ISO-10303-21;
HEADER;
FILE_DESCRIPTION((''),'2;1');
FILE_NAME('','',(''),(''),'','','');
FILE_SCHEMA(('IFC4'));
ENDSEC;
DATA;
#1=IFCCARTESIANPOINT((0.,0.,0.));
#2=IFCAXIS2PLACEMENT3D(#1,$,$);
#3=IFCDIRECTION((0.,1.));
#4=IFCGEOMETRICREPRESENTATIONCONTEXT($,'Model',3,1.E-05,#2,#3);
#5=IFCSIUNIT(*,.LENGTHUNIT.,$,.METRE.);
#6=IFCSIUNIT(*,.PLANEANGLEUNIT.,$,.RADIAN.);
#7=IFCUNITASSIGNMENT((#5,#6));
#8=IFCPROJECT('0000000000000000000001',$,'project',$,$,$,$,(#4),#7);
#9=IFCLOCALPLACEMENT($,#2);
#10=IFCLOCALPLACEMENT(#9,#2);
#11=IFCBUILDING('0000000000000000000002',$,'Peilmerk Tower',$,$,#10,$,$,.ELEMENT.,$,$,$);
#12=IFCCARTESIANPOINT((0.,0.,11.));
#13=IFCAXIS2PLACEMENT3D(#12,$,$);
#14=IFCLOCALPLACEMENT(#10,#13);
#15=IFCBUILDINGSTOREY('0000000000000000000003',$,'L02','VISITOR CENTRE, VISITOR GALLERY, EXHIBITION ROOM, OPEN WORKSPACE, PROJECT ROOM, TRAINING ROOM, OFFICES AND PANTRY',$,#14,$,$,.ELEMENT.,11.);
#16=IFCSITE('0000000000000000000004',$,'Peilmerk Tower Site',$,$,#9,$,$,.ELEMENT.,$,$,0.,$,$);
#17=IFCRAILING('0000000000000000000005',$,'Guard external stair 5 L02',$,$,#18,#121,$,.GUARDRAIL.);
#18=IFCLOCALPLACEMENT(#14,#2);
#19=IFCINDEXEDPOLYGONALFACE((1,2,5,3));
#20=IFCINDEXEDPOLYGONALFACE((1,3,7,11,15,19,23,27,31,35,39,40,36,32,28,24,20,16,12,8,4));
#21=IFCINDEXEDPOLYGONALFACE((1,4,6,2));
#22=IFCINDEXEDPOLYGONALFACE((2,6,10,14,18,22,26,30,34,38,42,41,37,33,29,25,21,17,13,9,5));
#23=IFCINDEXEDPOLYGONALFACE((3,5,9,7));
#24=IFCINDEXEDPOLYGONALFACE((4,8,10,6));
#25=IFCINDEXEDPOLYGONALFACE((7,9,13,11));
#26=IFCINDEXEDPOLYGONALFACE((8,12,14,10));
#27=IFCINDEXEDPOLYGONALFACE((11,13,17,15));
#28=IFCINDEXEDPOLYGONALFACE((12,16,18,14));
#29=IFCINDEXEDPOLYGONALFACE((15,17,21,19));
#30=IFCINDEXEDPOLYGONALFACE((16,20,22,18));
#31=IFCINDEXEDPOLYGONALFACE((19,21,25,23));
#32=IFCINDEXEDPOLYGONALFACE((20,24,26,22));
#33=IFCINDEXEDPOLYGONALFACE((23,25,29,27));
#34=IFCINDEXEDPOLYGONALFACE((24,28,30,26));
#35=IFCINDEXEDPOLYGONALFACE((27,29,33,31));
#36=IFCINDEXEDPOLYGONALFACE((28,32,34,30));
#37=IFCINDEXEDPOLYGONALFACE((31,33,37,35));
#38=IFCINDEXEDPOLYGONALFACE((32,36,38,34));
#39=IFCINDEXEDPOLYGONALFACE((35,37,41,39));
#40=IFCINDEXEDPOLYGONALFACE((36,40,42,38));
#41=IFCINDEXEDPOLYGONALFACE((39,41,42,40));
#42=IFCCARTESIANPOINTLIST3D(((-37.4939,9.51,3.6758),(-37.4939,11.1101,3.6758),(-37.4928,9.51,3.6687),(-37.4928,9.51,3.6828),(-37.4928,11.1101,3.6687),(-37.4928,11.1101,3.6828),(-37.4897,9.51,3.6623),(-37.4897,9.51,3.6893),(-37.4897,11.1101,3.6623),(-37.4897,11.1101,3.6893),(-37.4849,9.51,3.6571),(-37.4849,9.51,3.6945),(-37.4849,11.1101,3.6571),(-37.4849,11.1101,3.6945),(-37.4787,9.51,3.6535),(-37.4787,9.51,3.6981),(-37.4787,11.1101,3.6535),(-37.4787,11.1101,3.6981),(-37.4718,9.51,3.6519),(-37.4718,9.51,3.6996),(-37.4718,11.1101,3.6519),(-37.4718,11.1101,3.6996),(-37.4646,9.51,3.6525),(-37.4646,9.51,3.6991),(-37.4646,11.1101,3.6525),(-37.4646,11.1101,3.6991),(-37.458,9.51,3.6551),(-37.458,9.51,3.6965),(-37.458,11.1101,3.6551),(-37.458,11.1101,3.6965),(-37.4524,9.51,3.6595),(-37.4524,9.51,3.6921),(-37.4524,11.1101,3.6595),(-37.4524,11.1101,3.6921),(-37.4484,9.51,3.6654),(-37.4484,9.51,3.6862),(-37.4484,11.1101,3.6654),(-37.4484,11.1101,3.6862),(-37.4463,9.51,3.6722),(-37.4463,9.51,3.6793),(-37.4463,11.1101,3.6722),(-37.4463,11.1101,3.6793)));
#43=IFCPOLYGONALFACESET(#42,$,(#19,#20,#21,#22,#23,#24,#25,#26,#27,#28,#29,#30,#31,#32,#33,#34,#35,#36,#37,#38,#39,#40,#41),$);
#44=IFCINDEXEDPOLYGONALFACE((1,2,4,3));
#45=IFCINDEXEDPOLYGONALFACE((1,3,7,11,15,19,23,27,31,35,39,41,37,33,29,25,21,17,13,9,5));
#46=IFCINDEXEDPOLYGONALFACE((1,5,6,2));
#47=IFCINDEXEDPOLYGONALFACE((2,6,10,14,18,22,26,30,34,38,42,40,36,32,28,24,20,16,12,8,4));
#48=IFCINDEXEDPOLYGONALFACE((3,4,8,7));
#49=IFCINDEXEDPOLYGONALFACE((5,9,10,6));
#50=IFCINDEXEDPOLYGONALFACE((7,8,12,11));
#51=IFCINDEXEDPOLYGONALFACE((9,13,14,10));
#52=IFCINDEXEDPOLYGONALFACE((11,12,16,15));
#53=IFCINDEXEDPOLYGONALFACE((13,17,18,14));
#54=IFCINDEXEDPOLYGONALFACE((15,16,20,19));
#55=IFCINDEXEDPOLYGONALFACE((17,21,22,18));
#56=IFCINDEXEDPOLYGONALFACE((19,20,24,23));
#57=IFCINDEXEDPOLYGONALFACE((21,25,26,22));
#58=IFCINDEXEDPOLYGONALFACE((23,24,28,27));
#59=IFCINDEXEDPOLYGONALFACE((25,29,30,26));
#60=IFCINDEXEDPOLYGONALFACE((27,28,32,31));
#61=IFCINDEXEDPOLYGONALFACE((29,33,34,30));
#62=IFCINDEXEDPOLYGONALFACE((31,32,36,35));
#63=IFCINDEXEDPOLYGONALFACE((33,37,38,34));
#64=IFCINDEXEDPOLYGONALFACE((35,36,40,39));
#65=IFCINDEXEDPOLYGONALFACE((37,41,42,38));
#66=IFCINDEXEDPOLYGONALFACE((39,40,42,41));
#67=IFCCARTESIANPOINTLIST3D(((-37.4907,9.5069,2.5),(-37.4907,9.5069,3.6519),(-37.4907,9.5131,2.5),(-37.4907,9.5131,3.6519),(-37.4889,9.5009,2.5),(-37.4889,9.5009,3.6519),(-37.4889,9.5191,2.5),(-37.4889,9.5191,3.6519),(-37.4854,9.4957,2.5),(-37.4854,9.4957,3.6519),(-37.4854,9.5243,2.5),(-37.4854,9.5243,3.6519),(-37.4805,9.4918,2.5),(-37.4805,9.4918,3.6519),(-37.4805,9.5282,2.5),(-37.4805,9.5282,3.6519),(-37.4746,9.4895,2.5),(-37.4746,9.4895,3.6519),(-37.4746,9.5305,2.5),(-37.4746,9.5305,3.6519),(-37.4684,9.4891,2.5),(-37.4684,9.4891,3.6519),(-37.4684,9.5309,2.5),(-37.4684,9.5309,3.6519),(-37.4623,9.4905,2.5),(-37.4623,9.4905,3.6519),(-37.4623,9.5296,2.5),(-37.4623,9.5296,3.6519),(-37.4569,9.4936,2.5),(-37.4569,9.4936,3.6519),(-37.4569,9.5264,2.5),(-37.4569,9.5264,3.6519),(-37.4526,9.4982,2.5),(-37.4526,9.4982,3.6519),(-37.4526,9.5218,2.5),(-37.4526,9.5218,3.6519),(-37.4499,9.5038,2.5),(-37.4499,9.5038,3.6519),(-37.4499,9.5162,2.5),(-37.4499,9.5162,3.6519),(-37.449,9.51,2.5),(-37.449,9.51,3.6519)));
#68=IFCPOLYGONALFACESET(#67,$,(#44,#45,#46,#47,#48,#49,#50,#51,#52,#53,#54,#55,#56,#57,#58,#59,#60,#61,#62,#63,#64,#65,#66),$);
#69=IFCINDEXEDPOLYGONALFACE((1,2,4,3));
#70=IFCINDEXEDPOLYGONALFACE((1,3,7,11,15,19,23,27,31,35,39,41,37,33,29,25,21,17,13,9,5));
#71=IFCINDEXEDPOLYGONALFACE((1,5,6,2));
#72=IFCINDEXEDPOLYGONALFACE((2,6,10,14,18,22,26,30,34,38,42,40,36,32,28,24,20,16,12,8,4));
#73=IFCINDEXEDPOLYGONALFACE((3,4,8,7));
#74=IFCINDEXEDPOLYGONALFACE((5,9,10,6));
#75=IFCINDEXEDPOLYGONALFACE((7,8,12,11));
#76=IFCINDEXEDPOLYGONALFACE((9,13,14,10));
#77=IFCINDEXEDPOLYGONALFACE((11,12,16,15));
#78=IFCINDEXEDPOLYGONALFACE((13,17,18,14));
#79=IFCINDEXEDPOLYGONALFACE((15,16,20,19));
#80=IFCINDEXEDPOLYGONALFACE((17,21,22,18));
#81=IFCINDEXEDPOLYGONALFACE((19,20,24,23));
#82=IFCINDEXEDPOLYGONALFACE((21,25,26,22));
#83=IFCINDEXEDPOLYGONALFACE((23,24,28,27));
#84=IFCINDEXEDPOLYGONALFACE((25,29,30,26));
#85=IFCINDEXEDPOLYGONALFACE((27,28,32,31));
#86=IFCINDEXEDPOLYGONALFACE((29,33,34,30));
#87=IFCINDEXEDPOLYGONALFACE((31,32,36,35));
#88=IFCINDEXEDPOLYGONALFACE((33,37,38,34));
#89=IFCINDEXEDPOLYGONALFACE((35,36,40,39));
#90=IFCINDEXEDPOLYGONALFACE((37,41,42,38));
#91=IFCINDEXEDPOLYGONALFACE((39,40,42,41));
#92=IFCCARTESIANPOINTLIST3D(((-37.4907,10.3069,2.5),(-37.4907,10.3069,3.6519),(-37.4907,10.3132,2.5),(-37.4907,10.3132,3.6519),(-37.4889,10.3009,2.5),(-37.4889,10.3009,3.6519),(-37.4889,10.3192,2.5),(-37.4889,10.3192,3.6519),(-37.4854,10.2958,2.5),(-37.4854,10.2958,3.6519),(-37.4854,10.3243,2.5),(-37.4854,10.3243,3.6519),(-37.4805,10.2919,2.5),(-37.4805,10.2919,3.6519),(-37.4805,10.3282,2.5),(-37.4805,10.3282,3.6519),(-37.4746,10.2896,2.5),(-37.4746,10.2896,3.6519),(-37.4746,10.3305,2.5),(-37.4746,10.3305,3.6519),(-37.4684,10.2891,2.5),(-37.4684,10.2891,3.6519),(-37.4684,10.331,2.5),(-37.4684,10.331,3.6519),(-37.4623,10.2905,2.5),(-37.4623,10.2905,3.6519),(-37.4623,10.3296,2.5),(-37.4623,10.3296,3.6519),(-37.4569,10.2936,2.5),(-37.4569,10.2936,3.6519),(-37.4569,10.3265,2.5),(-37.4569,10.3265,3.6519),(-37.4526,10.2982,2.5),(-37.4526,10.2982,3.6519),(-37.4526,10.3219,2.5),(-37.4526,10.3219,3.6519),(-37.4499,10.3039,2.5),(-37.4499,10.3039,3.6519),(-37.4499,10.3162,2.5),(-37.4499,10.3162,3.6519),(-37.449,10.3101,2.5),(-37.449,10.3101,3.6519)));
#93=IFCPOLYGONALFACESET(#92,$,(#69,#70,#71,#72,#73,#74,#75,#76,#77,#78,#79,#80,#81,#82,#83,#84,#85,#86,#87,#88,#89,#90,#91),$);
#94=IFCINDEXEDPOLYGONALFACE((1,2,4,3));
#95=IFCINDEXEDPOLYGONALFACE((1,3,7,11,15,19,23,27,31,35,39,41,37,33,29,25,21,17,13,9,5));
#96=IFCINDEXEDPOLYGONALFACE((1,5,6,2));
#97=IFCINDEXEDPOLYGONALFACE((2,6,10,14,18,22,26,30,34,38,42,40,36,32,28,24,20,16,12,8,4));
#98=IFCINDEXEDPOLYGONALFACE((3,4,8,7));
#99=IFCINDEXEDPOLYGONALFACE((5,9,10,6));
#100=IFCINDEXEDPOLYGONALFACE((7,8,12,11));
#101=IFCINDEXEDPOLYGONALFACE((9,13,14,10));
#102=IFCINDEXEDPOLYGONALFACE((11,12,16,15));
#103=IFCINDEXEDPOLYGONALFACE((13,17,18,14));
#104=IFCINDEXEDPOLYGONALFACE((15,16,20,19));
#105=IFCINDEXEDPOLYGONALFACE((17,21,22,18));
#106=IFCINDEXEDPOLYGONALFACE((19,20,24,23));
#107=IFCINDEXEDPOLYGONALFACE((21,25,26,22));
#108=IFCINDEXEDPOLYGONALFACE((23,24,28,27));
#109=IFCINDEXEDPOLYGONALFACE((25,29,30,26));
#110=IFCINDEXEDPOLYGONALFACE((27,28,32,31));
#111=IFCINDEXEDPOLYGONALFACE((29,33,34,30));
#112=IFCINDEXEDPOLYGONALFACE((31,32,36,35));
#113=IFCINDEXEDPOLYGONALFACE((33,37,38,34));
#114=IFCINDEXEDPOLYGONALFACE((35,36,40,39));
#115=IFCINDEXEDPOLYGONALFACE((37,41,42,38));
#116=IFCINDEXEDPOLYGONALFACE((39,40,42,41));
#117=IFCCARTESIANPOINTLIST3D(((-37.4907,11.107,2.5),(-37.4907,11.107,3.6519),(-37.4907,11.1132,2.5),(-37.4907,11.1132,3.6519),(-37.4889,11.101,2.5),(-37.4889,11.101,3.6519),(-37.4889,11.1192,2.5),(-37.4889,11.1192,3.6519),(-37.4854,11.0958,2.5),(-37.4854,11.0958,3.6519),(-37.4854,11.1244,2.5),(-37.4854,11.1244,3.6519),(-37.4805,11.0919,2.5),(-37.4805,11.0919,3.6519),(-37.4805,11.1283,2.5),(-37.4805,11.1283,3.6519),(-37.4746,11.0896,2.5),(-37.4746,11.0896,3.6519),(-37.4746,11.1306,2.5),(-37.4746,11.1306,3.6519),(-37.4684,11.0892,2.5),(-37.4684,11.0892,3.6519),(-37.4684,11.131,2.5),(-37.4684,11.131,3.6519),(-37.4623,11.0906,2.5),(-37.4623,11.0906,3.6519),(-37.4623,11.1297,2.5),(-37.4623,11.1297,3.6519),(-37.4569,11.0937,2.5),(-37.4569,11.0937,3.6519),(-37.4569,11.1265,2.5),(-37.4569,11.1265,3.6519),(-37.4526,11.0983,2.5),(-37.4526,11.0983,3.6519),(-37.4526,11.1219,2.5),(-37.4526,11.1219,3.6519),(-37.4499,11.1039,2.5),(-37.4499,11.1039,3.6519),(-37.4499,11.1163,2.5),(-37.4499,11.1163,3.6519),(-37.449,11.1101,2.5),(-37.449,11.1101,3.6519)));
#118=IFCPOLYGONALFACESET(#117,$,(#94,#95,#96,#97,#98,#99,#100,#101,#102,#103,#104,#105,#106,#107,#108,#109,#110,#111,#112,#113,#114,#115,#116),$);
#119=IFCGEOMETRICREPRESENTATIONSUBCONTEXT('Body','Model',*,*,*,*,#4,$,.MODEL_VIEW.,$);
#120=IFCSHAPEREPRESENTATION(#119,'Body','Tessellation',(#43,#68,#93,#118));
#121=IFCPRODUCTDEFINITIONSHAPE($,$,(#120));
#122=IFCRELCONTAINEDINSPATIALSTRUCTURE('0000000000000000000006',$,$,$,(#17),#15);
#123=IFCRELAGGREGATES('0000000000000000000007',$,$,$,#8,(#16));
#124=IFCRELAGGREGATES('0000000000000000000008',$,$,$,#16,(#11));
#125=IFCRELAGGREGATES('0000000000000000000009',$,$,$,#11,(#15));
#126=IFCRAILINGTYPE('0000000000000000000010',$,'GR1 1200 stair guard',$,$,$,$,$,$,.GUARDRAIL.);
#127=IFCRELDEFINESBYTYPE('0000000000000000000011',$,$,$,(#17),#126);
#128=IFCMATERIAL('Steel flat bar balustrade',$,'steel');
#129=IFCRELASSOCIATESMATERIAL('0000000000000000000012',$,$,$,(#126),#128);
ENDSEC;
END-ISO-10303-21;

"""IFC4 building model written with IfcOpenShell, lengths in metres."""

from ifc_helpers import new_model, si_unit, direction, frame, origin, origin_2d, place, context, subcontext, project, spatial, circle, extrude, material, type_object, element, save


model = new_model("IFC4")

# Units and contexts
model_context = context("Model", 3, precision=1e-05, world=origin(), true_north=direction((0.0, 1.0)))
body_context = subcontext(model_context, "Body", "Model", "MODEL_VIEW")
ifc_project = project(units=[si_unit("LENGTHUNIT", "METRE"), si_unit("PLANEANGLEUNIT", "RADIAN")], contexts=[model_context])

# Site, building, storey
site_placement = place(None, origin())
site = spatial("IfcSite", under=ifc_project, at=site_placement, Name="Peilmerk Tower Site", CompositionType="ELEMENT", RefElevation=0.0)
building_placement = place(site_placement, origin())
building = spatial("IfcBuilding", under=site, at=building_placement, Name="Peilmerk Tower", CompositionType="ELEMENT")
storey_placement = place(building_placement, frame((0.0, 0.0, 11.0)))
storey = spatial("IfcBuildingStorey", under=building, at=storey_placement, Name="L02", Description="VISITOR CENTRE, VISITOR GALLERY, EXHIBITION ROOM, OPEN WORKSPACE, PROJECT ROOM, TRAINING ROOM, OFFICES AND PANTRY", CompositionType="ELEMENT", Elevation=11.0)

# Railing
ifc_material_1 = material(Name="Steel flat bar balustrade", Category="steel")
railing_type_1 = type_object("IfcRailingType", Name="GR1 1200 stair guard", PredefinedType="GUARDRAIL", material=ifc_material_1)
railing_1_placement = place(storey_placement, frame((-37.47, 9.51, 2.5)))
element("IfcRailing", 1, at=railing_1_placement, inside=storey, type_object=railing_type_1, Name="Guard external stair 5 L02", PredefinedType="GUARDRAIL", context=body_context, shape_type="SweptSolid", body=[
    extrude(circle(Radius=0.0239, at=origin_2d()), frame((0.0, 0.0, 1.1758), z_axis=(0.0, 1.0, 0.0), x_axis=(-1.0, 0.0, 0.0)), (0.0, 0.0, 1.0), 1.6001),
    extrude(circle(Radius=0.021, at=origin_2d()), origin(), (0.0, 0.0, 1.0), 1.1519),
    extrude(circle(Radius=0.021, at=origin_2d()), frame((0.0, 0.8, 0.0)), (0.0, 0.0, 1.0), 1.1519),
    extrude(circle(Radius=0.021, at=origin_2d()), frame((0.0, 1.6001, 0.0)), (0.0, 0.0, 1.0), 1.1519),
])

save(model, "model.ifc")
